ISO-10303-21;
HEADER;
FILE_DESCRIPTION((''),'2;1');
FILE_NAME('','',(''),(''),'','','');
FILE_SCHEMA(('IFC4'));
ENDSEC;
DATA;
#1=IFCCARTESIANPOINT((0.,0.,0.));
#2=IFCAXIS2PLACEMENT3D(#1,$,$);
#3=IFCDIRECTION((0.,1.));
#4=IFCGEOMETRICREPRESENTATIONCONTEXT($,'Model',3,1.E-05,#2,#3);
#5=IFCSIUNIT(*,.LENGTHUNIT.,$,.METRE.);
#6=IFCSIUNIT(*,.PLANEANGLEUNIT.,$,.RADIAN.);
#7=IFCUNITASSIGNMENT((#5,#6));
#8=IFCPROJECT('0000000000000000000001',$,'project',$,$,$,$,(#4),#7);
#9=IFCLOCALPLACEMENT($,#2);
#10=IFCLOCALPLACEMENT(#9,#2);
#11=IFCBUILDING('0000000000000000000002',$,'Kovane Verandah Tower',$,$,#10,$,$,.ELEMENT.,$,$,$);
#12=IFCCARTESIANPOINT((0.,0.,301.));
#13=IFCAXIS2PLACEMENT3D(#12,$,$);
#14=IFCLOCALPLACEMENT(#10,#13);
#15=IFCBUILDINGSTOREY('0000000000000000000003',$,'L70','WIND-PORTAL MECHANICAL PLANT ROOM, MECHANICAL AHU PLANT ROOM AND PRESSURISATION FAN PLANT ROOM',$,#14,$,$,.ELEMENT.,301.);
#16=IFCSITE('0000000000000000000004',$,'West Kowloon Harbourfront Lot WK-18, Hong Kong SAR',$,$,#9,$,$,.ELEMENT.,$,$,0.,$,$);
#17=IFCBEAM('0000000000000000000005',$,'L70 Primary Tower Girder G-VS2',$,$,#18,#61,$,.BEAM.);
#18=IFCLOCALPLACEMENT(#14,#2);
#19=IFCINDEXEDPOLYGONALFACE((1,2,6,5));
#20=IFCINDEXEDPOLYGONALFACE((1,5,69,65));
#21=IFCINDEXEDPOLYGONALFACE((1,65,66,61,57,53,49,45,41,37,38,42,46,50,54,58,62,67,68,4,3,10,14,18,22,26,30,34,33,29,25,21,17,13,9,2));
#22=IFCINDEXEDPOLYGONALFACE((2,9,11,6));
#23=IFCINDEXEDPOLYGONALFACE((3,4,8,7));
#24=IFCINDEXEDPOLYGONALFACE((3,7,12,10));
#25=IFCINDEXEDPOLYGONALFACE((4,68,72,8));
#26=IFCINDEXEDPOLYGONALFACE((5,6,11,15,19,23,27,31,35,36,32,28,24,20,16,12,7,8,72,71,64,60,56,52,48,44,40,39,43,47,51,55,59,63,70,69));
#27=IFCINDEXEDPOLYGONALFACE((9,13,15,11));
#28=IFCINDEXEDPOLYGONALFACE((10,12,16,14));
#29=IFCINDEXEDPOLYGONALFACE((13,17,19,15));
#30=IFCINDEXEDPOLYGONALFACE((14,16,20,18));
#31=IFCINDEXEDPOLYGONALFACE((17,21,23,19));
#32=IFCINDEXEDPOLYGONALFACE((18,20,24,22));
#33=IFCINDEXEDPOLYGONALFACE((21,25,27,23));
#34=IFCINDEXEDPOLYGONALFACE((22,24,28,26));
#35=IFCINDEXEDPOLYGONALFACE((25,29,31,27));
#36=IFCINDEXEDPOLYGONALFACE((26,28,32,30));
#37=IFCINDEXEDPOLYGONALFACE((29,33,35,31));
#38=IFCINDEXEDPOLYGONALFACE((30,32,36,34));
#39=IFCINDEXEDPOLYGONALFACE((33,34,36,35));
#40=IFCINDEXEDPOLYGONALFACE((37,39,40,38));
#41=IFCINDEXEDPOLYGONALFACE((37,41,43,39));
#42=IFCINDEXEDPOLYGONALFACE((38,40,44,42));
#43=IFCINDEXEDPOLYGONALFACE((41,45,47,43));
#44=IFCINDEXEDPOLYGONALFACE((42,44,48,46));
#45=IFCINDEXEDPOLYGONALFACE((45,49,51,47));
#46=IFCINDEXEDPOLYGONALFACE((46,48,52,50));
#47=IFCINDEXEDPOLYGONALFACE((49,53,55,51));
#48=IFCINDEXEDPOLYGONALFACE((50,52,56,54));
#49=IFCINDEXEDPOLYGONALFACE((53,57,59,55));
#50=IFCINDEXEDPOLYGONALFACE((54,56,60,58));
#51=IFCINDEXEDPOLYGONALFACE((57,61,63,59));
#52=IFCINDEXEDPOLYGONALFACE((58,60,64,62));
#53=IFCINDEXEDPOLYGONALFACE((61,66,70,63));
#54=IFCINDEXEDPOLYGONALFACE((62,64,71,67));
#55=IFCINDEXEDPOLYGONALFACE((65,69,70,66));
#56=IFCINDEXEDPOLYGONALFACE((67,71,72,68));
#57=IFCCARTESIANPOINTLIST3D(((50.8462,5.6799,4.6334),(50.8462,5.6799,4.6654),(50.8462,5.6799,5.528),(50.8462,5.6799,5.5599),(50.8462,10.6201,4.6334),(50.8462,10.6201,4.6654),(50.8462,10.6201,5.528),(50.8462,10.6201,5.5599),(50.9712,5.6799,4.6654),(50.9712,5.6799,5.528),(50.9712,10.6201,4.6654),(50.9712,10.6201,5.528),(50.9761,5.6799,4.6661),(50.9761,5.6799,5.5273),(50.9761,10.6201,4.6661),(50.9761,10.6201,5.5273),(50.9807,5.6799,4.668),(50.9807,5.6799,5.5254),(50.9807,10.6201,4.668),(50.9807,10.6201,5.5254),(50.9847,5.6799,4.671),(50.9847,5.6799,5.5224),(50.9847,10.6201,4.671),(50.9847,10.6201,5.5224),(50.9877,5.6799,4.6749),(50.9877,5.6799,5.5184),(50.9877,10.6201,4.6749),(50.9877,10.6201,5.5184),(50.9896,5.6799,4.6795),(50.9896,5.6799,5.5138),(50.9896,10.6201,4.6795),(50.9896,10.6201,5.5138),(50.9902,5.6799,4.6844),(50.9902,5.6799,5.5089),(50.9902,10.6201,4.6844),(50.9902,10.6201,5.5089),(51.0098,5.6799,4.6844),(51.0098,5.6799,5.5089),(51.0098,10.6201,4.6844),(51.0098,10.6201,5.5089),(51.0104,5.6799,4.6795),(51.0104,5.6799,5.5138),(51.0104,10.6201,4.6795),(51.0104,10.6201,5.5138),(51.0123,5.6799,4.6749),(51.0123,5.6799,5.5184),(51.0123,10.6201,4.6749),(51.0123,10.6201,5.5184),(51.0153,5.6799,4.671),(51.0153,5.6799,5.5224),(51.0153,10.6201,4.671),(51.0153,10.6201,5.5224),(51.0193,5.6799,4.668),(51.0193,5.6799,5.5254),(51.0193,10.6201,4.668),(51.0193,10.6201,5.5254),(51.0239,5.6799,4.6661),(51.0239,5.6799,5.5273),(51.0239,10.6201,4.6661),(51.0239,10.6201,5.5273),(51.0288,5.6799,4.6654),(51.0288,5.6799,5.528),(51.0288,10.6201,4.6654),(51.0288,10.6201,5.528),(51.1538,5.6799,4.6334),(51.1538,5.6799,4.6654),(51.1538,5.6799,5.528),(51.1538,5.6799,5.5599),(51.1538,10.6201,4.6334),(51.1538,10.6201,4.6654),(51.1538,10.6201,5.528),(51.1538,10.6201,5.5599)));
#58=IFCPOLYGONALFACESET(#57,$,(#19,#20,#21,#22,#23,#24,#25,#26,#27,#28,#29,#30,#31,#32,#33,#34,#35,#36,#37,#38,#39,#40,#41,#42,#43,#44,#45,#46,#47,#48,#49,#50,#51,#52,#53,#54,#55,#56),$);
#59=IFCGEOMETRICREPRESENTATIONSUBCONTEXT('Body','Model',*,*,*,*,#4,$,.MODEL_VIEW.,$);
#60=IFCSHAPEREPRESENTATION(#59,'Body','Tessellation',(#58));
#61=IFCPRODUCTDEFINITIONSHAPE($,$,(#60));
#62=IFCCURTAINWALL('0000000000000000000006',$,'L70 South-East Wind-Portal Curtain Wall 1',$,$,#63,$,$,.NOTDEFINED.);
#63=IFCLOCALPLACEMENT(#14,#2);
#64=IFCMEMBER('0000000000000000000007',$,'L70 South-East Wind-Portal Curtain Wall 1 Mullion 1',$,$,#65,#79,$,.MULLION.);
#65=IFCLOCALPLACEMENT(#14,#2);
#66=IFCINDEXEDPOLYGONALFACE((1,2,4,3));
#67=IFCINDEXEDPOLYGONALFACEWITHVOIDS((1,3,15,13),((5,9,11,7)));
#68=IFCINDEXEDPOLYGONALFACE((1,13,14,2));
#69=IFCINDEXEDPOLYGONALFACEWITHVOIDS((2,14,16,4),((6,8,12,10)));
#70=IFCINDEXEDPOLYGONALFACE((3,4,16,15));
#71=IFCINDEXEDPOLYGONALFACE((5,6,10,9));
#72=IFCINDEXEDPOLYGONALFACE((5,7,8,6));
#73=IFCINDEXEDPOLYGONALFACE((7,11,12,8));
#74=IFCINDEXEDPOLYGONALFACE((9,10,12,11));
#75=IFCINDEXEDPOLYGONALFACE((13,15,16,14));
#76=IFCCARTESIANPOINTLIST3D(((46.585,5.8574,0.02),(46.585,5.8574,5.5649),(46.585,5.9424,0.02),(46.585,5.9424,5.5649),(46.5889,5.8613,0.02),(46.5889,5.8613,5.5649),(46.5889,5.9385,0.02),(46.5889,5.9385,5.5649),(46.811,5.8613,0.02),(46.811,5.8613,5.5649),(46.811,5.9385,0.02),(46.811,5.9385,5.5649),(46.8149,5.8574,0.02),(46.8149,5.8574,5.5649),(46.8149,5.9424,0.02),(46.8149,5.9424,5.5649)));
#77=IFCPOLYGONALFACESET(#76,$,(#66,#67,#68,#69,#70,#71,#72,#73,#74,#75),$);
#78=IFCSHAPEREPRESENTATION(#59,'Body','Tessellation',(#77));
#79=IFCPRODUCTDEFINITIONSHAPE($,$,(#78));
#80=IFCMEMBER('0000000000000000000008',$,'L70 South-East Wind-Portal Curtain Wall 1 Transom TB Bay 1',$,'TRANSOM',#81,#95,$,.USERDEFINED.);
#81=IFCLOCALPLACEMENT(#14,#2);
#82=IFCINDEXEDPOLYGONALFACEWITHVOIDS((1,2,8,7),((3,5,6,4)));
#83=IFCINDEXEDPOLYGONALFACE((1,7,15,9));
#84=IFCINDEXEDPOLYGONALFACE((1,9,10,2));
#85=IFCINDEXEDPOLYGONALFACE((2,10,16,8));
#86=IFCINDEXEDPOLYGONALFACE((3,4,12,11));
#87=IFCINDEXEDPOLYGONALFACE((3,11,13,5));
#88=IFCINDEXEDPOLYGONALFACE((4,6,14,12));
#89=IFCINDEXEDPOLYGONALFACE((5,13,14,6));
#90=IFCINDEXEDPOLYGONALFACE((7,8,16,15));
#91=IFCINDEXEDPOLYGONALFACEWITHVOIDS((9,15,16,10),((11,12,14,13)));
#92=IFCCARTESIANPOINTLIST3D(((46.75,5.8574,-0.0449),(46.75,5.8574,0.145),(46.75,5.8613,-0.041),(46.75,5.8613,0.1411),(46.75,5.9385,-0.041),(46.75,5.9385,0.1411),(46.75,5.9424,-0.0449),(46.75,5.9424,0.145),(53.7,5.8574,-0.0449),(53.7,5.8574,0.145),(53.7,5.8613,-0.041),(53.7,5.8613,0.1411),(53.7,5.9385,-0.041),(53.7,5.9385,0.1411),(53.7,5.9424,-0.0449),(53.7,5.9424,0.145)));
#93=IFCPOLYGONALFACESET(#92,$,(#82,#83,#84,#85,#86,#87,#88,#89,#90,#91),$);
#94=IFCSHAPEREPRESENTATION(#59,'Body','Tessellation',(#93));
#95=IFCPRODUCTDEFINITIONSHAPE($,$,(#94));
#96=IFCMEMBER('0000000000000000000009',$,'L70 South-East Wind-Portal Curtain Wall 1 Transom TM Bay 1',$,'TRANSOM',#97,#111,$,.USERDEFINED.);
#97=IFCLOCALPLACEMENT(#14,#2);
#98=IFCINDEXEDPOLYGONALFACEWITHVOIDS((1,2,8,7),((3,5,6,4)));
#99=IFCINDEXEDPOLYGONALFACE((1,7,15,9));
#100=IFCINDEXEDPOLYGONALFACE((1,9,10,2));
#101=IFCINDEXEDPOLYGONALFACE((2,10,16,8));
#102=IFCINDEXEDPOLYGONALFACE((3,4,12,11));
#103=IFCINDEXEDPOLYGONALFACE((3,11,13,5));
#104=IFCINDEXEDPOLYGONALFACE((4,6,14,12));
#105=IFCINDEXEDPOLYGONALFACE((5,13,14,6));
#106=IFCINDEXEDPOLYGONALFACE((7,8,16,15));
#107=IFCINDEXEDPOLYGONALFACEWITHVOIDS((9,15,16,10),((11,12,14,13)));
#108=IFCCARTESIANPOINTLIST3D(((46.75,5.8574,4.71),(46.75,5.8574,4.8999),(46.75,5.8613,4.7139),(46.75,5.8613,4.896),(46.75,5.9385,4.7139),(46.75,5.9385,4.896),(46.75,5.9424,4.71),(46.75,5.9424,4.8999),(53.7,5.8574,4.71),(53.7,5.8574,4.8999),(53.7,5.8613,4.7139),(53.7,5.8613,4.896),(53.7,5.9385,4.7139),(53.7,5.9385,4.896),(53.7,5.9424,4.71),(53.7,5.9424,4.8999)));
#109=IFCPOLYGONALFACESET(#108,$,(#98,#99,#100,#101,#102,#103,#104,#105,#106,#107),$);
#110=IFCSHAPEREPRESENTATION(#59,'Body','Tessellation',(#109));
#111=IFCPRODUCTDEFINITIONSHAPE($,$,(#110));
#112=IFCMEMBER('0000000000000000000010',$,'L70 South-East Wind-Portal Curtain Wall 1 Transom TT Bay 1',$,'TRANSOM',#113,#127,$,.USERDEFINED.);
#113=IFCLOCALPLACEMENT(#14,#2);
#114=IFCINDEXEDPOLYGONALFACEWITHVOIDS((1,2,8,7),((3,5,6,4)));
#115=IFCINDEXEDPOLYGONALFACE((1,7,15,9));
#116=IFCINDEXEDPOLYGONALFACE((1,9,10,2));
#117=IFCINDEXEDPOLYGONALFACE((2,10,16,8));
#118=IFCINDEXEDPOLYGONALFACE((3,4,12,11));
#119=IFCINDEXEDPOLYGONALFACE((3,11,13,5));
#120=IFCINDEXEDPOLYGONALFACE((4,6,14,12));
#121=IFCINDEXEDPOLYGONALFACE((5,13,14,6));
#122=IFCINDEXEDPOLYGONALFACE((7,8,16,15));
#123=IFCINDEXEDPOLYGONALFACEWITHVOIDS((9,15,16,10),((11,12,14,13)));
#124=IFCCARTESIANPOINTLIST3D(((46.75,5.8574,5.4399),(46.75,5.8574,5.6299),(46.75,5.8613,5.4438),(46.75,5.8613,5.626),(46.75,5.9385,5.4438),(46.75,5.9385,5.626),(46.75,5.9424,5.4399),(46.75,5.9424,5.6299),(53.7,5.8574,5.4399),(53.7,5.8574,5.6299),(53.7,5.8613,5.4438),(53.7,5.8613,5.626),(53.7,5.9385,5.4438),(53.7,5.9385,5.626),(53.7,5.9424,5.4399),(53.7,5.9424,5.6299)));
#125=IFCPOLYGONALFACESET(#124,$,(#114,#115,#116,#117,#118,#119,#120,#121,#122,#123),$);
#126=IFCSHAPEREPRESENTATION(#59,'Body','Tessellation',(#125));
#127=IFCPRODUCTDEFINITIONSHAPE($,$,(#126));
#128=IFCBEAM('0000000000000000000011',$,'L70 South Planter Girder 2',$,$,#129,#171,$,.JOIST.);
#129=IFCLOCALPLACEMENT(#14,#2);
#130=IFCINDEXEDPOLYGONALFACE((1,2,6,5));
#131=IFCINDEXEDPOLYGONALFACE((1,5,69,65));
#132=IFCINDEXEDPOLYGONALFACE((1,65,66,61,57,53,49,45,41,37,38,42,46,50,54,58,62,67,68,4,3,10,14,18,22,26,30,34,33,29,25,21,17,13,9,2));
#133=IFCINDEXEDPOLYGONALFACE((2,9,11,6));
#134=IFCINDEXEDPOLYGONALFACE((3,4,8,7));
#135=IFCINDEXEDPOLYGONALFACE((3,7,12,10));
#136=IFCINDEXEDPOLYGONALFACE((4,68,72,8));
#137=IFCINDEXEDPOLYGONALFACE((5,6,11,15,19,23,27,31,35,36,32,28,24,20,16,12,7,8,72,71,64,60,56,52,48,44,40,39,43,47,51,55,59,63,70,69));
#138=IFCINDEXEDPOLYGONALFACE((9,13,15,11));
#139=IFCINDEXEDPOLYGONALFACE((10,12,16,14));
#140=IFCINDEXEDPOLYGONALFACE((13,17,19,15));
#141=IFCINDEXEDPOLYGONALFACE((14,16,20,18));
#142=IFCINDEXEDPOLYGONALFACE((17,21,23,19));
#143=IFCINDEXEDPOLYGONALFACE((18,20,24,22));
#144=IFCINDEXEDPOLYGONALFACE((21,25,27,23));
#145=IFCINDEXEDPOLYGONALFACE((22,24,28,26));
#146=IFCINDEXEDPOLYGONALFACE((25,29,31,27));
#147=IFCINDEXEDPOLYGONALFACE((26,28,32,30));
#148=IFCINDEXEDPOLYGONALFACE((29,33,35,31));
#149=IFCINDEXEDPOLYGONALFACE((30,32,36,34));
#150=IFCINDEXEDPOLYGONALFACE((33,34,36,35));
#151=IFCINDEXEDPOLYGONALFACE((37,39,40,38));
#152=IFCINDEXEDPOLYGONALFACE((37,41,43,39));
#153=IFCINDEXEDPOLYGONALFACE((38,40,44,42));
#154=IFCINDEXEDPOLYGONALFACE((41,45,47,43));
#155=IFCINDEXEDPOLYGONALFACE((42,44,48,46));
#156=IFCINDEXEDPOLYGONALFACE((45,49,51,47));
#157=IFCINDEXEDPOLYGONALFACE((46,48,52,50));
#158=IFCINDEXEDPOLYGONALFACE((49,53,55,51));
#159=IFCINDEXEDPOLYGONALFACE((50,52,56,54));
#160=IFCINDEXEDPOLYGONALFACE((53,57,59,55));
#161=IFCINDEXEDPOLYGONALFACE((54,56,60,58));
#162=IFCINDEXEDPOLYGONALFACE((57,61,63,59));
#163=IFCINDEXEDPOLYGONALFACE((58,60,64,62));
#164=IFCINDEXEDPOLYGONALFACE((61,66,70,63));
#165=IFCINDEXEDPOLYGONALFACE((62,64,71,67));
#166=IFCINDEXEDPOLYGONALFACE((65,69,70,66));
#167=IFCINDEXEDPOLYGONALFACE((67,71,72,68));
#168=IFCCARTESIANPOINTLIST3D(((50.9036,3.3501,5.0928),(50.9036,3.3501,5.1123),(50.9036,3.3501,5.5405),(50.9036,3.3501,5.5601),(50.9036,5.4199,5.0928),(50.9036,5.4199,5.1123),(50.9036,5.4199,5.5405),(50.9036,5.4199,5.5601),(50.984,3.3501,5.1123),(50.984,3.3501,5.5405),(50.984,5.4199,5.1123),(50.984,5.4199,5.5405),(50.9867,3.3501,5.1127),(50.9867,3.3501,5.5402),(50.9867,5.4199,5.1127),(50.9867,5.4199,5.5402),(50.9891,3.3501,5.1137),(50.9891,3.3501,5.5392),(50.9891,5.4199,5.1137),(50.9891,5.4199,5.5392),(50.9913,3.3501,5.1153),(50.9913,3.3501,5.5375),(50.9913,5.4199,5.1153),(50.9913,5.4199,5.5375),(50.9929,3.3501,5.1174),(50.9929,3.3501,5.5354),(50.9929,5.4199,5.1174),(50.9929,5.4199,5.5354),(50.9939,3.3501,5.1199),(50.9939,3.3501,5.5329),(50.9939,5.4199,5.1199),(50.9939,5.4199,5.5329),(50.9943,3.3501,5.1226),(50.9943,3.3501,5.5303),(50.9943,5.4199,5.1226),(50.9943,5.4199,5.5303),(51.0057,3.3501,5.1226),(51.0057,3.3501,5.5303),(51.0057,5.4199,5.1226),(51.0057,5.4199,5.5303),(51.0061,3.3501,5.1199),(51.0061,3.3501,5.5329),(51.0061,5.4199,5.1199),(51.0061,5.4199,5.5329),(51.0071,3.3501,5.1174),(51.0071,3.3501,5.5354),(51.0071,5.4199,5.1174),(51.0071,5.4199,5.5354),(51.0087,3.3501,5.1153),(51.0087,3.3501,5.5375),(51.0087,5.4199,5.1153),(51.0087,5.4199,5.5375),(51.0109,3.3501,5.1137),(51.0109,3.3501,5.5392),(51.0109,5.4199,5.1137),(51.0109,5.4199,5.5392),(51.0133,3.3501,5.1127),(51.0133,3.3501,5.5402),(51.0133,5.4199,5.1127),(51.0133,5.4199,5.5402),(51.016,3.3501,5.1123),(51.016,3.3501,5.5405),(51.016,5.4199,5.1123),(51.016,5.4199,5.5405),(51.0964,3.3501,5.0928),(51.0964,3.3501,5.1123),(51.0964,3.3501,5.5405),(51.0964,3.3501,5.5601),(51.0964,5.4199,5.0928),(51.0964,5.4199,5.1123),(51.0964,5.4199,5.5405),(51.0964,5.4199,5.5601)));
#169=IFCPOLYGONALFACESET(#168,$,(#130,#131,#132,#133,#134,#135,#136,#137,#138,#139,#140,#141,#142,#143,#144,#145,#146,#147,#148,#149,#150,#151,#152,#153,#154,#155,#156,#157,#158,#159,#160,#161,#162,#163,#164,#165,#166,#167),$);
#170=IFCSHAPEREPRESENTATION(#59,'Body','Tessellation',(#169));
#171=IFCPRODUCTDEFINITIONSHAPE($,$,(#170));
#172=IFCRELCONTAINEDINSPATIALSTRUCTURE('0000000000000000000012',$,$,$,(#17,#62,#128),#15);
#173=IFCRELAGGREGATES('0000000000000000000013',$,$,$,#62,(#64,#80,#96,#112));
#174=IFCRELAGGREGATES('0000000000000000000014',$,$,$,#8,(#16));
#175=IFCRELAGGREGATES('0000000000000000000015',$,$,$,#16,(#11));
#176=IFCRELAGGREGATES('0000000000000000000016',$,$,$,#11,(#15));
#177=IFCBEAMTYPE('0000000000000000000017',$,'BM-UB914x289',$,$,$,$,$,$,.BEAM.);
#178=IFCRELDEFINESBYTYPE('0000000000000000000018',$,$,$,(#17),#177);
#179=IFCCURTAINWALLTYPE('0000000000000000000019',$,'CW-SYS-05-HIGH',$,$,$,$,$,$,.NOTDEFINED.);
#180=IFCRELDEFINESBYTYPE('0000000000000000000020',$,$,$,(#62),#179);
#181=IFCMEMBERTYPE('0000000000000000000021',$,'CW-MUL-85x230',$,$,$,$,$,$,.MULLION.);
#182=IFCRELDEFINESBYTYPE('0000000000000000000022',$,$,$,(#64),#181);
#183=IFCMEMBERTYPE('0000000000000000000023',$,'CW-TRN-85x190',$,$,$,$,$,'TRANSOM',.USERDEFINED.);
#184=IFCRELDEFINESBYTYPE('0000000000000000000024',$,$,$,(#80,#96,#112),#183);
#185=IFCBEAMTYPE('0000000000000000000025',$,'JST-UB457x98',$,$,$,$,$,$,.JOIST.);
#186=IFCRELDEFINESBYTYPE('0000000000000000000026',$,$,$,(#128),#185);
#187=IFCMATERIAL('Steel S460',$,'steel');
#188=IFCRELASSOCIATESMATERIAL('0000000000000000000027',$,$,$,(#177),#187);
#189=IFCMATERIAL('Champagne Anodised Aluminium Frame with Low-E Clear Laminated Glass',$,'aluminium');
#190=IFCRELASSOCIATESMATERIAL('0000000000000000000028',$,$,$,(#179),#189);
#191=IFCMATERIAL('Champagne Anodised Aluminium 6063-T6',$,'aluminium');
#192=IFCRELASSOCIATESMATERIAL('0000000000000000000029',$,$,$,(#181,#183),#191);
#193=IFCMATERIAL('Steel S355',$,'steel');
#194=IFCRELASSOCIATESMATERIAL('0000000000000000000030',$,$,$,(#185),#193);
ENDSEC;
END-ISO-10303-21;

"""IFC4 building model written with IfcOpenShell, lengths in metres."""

from ifc_helpers import new_model, si_unit, direction, frame, origin, origin_2d, place, context, subcontext, project, spatial, hollow_rectangle, i_section, extrude, material, material_profile, profile_set, type_object, element, aggregate, save


model = new_model("IFC4")

# Units and contexts
model_context = context("Model", 3, precision=1e-05, world=origin(), true_north=direction((0.0, 1.0)))
body_context = subcontext(model_context, "Body", "Model", "MODEL_VIEW")
ifc_project = project(units=[si_unit("LENGTHUNIT", "METRE"), si_unit("PLANEANGLEUNIT", "RADIAN")], contexts=[model_context])

# Site, building, storey
site_placement = place(None, origin())
site = spatial("IfcSite", under=ifc_project, at=site_placement, Name="West Kowloon Harbourfront Lot WK-18, Hong Kong SAR", CompositionType="ELEMENT", RefElevation=0.0)
building_placement = place(site_placement, origin())
building = spatial("IfcBuilding", under=site, at=building_placement, Name="Kovane Verandah Tower", CompositionType="ELEMENT")
storey_placement = place(building_placement, frame((0.0, 0.0, 301.0)))
storey = spatial("IfcBuildingStorey", under=building, at=storey_placement, Name="L70", Description="WIND-PORTAL MECHANICAL PLANT ROOM, MECHANICAL AHU PLANT ROOM AND PRESSURISATION FAN PLANT ROOM", CompositionType="ELEMENT", Elevation=301.0)

# Shared definitions
ifc_material_1 = material(Name="Steel S460", Category="steel")

# Beam
ifc_material_profile_1 = material_profile(ifc_material_1, i_section(OverallWidth=0.3076, OverallDepth=0.9265, WebThickness=0.0195, FlangeThickness=0.032, FilletRadius=0.019, at=origin_2d()), Name="UB914x305x289")
ifc_profile_set_1 = profile_set([ifc_material_profile_1], Name="Steel S460")
beam_type_1 = type_object("IfcBeamType", Name="BM-UB914x289", PredefinedType="BEAM", material=ifc_profile_set_1)
beam_1_placement = place(storey_placement, frame((51.0, 10.6201, 5.0967), z_axis=(0.0, -1.0, 0.0), x_axis=(1.0, 0.0, 0.0)))
element("IfcBeam", 1, at=beam_1_placement, inside=storey, type_object=beam_type_1, Name="L70 Primary Tower Girder G-VS2", PredefinedType="BEAM", context=body_context, shape_type="SweptSolid", body=[
    extrude(i_section(OverallWidth=0.3076, OverallDepth=0.9265, WebThickness=0.0195, FlangeThickness=0.032, FilletRadius=0.019, at=origin_2d()), origin(), (0.0, 0.0, 1.0), 4.9402),
])

# Curtain wall, members
ifc_material_2 = material(Name="Champagne Anodised Aluminium Frame with Low-E Clear Laminated Glass", Category="aluminium")
curtain_wall_type = type_object("IfcCurtainWallType", Name="CW-SYS-05-HIGH", PredefinedType="NOTDEFINED", material=ifc_material_2)
curtain_wall_placement = place(storey_placement, origin())
curtain_wall = element("IfcCurtainWall", 2, at=curtain_wall_placement, inside=storey, type_object=curtain_wall_type, Name="L70 South-East Wind-Portal Curtain Wall 1", PredefinedType="NOTDEFINED")
ifc_material_3 = material(Name="Champagne Anodised Aluminium 6063-T6", Category="aluminium")
ifc_material_profile_2 = material_profile(ifc_material_3, hollow_rectangle(XDim=0.085, YDim=0.23, WallThickness=0.0039, at=origin_2d()), Name="AL85x230x4")
ifc_profile_set_2 = profile_set([ifc_material_profile_2], Name="Champagne Anodised Aluminium 6063-T6")
member_type_1 = type_object("IfcMemberType", Name="CW-MUL-85x230", PredefinedType="MULLION", material=ifc_profile_set_2)
member_1_placement = place(storey_placement, frame((46.7, 5.8999, 0.02), z_axis=(0.0, 0.0, 1.0), x_axis=(0.0, -1.0, 0.0)))
member_1 = element("IfcMember", 3, at=member_1_placement, type_object=member_type_1, Name="L70 South-East Wind-Portal Curtain Wall 1 Mullion 1", PredefinedType="MULLION", context=body_context, shape_type="SweptSolid", body=[
    extrude(hollow_rectangle(XDim=0.085, YDim=0.23, WallThickness=0.0039, at=origin_2d()), origin(), (0.0, 0.0, 1.0), 5.5449),
])
ifc_material_profile_3 = material_profile(ifc_material_3, hollow_rectangle(XDim=0.085, YDim=0.1899, WallThickness=0.0039, at=origin_2d()), Name="AL85x190x4")
ifc_profile_set_3 = profile_set([ifc_material_profile_3], Name="Champagne Anodised Aluminium 6063-T6")
member_type_2 = type_object("IfcMemberType", Name="CW-TRN-85x190", ElementType="TRANSOM", PredefinedType="USERDEFINED", material=ifc_profile_set_3)
member_2_placement = place(storey_placement, frame((46.75, 5.8999, 0.05), z_axis=(1.0, 0.0, 0.0), x_axis=(0.0, 1.0, 0.0)))
member_2 = element("IfcMember", 4, at=member_2_placement, type_object=member_type_2, Name="L70 South-East Wind-Portal Curtain Wall 1 Transom TB Bay 1", ObjectType="TRANSOM", PredefinedType="USERDEFINED", context=body_context, shape_type="SweptSolid", body=[
    extrude(hollow_rectangle(XDim=0.085, YDim=0.1899, WallThickness=0.0039, at=origin_2d()), origin(), (0.0, 0.0, 1.0), 6.95),
])
member_3_placement = place(storey_placement, frame((46.75, 5.8999, 4.8049), z_axis=(1.0, 0.0, 0.0), x_axis=(0.0, 1.0, 0.0)))
member_3 = element("IfcMember", 5, at=member_3_placement, type_object=member_type_2, Name="L70 South-East Wind-Portal Curtain Wall 1 Transom TM Bay 1", ObjectType="TRANSOM", PredefinedType="USERDEFINED", context=body_context, shape_type="SweptSolid", body=[
    extrude(hollow_rectangle(XDim=0.085, YDim=0.1899, WallThickness=0.0039, at=origin_2d()), origin(), (0.0, 0.0, 1.0), 6.95),
])
member_4_placement = place(storey_placement, frame((46.75, 5.8999, 5.5349), z_axis=(1.0, 0.0, 0.0), x_axis=(0.0, 1.0, 0.0)))
member_4 = element("IfcMember", 6, at=member_4_placement, type_object=member_type_2, Name="L70 South-East Wind-Portal Curtain Wall 1 Transom TT Bay 1", ObjectType="TRANSOM", PredefinedType="USERDEFINED", context=body_context, shape_type="SweptSolid", body=[
    extrude(hollow_rectangle(XDim=0.085, YDim=0.1899, WallThickness=0.0039, at=origin_2d()), origin(), (0.0, 0.0, 1.0), 6.95),
])

# Beam
ifc_material_4 = material(Name="Steel S355", Category="steel")
ifc_material_profile_4 = material_profile(ifc_material_4, i_section(OverallWidth=0.1929, OverallDepth=0.4673, WebThickness=0.0115, FlangeThickness=0.0195, FilletRadius=0.0103, at=origin_2d()), Name="UB457x191x98")
ifc_profile_set_4 = profile_set([ifc_material_profile_4], Name="Steel S355")
beam_type_2 = type_object("IfcBeamType", Name="JST-UB457x98", PredefinedType="JOIST", material=ifc_profile_set_4)
beam_2_placement = place(storey_placement, frame((51.0, 5.4199, 5.3264), z_axis=(0.0, -1.0, 0.0), x_axis=(1.0, 0.0, 0.0)))
element("IfcBeam", 7, at=beam_2_placement, inside=storey, type_object=beam_type_2, Name="L70 South Planter Girder 2", PredefinedType="JOIST", context=body_context, shape_type="SweptSolid", body=[
    extrude(i_section(OverallWidth=0.1929, OverallDepth=0.4673, WebThickness=0.0115, FlangeThickness=0.0195, FilletRadius=0.0103, at=origin_2d()), origin(), (0.0, 0.0, 1.0), 2.0698),
])

aggregate(curtain_wall, [member_1, member_2, member_3, member_4])

save(model, "model.ifc")
